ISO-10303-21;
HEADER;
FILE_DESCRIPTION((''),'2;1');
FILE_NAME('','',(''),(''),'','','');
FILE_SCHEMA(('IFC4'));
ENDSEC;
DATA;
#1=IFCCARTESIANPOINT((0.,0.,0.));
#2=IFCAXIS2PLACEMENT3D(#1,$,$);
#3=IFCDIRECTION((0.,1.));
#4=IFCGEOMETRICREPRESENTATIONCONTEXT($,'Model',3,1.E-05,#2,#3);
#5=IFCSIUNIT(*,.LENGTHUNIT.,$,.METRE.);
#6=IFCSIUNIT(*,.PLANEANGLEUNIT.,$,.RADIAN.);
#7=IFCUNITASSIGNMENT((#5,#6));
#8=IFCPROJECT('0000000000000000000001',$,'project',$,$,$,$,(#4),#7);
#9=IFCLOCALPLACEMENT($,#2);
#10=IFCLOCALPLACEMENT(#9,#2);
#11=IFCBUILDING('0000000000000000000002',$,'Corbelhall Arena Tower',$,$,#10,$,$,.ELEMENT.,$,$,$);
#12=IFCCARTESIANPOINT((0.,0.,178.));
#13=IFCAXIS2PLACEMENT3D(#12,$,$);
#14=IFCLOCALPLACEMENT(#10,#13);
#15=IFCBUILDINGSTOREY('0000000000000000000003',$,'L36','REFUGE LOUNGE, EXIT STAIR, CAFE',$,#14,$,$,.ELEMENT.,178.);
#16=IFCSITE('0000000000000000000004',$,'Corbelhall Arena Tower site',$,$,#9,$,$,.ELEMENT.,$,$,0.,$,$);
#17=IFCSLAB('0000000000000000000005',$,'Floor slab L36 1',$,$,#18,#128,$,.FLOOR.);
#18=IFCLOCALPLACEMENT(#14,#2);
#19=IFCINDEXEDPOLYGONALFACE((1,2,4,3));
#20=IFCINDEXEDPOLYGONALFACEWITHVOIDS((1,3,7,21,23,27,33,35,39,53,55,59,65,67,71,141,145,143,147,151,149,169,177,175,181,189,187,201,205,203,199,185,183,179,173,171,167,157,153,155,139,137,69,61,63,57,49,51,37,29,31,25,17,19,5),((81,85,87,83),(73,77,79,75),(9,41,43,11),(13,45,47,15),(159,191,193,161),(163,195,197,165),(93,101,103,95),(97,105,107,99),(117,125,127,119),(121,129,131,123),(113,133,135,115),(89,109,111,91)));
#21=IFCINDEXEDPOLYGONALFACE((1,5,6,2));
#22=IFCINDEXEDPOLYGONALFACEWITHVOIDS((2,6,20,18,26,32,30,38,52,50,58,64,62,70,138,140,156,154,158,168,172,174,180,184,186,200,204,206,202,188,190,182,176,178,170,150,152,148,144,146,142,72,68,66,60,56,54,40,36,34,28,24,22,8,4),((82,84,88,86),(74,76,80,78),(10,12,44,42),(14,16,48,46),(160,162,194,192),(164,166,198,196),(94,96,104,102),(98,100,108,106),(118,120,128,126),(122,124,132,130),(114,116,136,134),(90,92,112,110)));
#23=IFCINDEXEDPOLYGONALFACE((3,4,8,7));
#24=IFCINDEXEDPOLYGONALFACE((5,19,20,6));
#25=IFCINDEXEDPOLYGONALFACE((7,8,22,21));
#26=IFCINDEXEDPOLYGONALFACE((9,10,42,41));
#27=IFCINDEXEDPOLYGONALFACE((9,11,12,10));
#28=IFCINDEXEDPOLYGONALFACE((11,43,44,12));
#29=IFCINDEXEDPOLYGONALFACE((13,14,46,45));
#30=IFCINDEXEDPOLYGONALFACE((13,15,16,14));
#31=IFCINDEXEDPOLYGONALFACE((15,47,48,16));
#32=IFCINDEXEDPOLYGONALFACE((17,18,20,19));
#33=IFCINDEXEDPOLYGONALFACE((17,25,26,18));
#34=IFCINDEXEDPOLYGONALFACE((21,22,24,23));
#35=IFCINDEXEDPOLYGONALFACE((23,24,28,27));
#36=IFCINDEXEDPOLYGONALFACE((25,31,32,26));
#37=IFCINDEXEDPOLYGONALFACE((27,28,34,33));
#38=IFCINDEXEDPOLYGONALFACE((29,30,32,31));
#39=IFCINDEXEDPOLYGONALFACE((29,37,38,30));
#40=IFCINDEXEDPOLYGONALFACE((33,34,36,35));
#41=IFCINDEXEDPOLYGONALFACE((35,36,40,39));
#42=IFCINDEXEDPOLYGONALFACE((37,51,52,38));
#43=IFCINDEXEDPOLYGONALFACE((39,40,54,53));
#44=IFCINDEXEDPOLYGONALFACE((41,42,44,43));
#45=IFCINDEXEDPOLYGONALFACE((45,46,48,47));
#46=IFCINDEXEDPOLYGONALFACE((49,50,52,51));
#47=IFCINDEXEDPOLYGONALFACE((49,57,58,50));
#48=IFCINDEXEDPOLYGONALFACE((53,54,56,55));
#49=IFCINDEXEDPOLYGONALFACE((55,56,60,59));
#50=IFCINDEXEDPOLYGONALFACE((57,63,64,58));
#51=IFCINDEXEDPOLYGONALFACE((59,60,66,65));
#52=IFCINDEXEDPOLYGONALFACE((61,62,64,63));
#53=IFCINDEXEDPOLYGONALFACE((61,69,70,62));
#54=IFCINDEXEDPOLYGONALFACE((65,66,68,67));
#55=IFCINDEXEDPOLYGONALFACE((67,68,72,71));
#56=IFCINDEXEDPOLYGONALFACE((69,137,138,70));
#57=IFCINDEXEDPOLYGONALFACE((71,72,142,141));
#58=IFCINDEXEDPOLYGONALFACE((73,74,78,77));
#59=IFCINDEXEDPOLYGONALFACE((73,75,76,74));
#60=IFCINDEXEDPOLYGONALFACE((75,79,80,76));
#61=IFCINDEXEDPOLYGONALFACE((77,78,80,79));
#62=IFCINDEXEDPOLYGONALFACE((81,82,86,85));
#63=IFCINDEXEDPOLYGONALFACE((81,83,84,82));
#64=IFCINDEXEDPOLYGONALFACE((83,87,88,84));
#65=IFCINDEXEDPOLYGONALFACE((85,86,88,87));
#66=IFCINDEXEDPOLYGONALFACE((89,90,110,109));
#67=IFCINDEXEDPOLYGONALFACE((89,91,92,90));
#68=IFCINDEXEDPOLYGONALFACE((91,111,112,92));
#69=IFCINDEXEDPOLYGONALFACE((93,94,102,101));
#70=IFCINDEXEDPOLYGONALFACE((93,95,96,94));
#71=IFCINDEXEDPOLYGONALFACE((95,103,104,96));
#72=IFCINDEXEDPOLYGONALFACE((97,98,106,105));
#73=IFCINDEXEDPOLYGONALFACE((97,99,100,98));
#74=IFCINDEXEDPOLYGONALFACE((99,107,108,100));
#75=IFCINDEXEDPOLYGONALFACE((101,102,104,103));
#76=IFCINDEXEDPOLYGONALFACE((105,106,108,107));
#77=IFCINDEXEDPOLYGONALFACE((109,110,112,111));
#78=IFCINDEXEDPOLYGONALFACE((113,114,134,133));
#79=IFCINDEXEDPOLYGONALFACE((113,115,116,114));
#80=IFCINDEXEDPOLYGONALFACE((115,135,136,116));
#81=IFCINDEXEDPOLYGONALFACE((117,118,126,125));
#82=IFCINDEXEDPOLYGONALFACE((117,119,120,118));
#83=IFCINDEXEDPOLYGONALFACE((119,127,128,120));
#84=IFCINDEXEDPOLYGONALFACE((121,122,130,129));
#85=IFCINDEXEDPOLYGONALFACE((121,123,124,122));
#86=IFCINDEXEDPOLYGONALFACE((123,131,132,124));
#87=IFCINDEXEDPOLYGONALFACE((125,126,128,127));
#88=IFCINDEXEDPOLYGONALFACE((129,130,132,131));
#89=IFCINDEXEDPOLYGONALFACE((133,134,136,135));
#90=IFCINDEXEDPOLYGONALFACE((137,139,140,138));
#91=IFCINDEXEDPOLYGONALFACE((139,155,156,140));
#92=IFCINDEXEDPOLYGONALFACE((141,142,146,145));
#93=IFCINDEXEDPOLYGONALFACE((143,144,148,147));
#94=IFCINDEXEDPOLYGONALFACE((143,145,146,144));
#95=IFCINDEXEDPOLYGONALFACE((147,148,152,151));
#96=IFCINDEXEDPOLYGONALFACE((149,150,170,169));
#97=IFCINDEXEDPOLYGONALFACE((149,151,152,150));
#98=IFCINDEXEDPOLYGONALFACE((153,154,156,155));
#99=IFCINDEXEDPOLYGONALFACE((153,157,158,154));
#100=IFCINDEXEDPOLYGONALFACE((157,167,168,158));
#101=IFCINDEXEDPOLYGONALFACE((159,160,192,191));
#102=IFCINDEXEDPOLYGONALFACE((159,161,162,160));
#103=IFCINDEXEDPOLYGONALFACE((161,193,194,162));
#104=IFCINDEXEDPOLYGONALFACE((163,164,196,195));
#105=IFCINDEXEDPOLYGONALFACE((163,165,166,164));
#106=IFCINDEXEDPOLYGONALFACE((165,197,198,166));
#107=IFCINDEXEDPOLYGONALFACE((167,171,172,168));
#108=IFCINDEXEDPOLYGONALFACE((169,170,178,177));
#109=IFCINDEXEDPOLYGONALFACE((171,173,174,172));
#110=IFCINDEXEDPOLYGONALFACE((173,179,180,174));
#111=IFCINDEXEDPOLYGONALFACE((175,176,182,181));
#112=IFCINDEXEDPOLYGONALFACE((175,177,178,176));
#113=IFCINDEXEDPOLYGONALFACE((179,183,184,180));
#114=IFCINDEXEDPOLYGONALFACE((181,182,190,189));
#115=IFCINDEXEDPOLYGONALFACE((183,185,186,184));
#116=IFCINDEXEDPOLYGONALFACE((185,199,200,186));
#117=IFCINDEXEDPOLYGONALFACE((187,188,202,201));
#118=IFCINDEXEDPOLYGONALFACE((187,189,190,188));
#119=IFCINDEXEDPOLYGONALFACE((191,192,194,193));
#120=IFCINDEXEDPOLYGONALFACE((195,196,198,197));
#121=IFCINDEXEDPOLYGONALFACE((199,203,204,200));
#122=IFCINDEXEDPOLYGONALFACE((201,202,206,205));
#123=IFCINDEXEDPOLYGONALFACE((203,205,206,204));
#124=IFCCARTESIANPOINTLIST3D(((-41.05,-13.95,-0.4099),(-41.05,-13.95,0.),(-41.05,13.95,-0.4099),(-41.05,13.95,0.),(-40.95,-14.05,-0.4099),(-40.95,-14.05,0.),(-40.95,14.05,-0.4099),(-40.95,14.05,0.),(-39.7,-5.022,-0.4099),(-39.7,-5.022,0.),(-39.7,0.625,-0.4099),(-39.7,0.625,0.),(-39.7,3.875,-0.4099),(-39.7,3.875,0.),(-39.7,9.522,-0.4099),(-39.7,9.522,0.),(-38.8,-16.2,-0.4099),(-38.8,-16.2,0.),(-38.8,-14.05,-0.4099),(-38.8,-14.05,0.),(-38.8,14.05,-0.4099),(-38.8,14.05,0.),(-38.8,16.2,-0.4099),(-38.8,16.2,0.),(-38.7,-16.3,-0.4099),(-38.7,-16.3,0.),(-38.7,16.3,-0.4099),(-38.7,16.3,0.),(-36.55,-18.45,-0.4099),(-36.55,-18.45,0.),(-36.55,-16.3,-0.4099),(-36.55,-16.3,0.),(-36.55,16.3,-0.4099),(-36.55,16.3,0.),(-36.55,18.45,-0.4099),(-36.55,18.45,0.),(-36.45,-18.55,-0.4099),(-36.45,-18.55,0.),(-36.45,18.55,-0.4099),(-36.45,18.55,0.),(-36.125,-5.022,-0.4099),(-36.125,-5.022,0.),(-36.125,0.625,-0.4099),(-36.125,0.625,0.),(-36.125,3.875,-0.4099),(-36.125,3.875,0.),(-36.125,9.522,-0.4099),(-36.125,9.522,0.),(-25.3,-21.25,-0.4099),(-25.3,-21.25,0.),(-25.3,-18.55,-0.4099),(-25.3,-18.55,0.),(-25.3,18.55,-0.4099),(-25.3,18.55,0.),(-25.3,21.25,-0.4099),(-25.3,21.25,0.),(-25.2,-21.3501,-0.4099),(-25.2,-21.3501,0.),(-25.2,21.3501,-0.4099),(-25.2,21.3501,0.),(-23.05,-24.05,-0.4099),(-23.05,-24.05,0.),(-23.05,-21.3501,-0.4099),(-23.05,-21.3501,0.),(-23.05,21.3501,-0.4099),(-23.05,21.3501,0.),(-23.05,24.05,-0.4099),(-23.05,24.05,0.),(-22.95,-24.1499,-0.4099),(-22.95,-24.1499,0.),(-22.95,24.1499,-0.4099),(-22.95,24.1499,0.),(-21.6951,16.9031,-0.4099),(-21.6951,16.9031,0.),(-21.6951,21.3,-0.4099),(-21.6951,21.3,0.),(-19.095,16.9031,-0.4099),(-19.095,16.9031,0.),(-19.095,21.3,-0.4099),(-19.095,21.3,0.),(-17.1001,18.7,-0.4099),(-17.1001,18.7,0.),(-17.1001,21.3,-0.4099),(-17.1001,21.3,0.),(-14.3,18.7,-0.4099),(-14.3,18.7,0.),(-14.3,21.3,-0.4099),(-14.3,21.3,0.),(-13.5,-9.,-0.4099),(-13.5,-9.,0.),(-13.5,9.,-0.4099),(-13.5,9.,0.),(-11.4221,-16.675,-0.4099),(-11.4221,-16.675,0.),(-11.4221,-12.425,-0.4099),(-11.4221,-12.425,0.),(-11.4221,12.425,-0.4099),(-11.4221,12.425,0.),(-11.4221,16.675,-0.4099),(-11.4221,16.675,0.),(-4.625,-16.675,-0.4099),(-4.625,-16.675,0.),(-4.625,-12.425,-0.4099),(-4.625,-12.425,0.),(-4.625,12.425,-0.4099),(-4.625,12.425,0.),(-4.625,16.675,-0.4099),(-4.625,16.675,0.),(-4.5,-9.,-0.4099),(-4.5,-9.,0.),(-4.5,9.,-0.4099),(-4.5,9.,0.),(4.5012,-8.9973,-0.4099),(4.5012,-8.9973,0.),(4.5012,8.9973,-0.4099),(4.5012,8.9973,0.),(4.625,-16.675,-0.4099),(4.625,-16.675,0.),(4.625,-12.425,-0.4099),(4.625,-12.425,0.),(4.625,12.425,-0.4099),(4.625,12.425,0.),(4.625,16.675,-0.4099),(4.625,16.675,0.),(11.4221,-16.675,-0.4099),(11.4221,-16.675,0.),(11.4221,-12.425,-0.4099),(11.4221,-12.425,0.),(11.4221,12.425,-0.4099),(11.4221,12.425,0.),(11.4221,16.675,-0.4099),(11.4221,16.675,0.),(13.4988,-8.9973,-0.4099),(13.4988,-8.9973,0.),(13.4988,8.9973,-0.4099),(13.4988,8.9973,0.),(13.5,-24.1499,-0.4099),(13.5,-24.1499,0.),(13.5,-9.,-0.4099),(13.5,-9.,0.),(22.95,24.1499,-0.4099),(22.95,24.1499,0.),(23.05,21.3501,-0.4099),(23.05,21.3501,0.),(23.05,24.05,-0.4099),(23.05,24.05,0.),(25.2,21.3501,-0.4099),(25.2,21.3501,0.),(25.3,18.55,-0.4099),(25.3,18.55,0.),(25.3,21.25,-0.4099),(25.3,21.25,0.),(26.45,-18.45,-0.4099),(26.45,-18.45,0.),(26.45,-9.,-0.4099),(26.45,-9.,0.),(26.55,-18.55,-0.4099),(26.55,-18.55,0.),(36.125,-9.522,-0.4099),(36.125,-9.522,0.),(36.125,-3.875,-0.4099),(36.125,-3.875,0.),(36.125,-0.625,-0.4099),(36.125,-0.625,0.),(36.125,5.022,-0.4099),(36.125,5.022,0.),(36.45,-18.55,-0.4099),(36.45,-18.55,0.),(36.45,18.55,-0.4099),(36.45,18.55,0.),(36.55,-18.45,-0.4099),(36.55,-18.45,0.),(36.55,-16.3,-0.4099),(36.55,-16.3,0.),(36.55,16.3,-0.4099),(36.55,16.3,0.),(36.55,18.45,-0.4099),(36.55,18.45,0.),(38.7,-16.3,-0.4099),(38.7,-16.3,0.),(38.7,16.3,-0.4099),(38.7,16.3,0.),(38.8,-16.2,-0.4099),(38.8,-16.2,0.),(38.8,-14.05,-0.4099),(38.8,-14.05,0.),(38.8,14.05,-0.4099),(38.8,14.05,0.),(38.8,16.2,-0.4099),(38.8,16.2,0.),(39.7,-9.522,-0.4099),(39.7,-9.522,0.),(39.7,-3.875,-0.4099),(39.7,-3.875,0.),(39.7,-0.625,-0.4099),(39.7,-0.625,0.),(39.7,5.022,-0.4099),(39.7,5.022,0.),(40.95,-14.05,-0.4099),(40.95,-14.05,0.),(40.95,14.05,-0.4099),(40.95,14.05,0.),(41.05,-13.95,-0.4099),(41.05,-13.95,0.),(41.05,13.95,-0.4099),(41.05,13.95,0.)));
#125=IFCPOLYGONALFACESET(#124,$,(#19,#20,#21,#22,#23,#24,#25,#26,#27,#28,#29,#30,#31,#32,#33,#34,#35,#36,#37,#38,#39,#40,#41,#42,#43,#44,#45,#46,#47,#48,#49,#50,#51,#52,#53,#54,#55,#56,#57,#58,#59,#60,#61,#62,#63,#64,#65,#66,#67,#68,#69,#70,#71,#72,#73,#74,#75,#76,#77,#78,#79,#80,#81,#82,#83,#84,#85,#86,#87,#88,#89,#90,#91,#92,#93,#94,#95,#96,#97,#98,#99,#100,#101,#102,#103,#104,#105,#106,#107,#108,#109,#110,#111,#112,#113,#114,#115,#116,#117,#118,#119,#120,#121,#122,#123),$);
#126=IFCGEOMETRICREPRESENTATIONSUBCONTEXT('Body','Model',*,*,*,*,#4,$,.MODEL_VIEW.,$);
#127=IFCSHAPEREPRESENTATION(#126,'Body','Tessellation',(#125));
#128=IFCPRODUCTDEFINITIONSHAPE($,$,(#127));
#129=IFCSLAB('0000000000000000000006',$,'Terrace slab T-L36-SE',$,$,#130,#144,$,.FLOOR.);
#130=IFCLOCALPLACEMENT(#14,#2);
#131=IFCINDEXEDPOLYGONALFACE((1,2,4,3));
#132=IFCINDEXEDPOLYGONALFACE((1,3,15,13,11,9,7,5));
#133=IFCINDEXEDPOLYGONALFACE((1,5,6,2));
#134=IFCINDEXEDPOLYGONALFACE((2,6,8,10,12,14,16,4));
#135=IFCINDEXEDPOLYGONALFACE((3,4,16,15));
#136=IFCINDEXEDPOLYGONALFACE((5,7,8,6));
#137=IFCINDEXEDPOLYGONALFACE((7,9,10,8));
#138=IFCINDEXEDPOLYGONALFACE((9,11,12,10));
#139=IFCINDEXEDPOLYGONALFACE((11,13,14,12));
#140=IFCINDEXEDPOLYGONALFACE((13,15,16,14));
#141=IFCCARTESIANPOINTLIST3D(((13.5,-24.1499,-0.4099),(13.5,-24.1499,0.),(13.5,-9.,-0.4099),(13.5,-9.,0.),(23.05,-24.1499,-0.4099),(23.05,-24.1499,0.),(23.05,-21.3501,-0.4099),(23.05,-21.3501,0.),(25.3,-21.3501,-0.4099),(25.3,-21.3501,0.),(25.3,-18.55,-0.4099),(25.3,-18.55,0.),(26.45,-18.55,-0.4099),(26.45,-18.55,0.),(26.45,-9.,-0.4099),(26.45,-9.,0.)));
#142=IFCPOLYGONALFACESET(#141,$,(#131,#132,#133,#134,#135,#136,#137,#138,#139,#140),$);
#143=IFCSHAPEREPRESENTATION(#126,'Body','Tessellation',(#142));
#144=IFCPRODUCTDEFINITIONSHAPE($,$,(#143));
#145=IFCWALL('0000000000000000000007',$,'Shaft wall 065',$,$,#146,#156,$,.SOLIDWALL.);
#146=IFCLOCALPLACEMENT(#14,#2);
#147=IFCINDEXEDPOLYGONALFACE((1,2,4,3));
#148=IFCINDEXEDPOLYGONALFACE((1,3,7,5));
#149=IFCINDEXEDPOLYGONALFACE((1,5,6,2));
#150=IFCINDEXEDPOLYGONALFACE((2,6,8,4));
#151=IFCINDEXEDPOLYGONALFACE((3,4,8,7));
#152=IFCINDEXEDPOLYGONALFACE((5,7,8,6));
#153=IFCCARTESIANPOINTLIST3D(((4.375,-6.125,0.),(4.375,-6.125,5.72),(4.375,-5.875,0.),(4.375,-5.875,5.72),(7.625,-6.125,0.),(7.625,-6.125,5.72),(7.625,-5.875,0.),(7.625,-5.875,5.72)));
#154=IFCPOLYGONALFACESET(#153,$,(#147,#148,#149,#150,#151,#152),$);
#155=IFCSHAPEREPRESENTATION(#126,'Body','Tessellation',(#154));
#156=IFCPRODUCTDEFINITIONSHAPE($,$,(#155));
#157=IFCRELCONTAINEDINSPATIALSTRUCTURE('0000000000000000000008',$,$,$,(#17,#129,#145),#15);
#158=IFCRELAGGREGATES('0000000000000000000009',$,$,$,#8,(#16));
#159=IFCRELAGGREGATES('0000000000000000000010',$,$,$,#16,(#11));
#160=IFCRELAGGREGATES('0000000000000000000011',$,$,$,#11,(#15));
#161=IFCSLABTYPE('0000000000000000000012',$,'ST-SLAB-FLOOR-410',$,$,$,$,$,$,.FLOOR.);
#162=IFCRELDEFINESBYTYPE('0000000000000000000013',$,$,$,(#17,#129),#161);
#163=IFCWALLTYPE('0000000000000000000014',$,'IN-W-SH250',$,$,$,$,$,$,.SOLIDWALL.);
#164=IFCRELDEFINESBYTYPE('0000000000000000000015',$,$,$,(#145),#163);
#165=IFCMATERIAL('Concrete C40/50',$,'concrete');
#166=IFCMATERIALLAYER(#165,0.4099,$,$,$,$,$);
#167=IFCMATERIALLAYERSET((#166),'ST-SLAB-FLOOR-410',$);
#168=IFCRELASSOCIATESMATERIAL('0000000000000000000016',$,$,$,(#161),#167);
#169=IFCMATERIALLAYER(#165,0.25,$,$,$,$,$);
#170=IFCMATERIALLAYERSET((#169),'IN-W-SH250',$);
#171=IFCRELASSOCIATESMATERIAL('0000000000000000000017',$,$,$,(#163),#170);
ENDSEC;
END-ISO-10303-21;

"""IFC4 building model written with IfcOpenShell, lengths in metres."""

from ifc_helpers import new_model, si_unit, direction, frame, frame_2d, origin, place, context, subcontext, project, spatial, polyline, rectangle, outline, extrude, material, layer, layer_set, type_object, element, save


model = new_model("IFC4")

# Units and contexts
model_context = context("Model", 3, precision=1e-05, world=origin(), true_north=direction((0.0, 1.0)))
body_context = subcontext(model_context, "Body", "Model", "MODEL_VIEW")
ifc_project = project(units=[si_unit("LENGTHUNIT", "METRE"), si_unit("PLANEANGLEUNIT", "RADIAN")], contexts=[model_context])

# Site, building, storey
site_placement = place(None, origin())
site = spatial("IfcSite", under=ifc_project, at=site_placement, Name="Corbelhall Arena Tower site", CompositionType="ELEMENT", RefElevation=0.0)
building_placement = place(site_placement, origin())
building = spatial("IfcBuilding", under=site, at=building_placement, Name="Corbelhall Arena Tower", CompositionType="ELEMENT")
storey_placement = place(building_placement, frame((0.0, 0.0, 178.0)))
storey = spatial("IfcBuildingStorey", under=building, at=storey_placement, Name="L36", Description="REFUGE LOUNGE, EXIT STAIR, CAFE", CompositionType="ELEMENT", Elevation=178.0)

# Shared definitions
ifc_material_1 = material(Name="Concrete C40/50", Category="concrete")

# Slabs
ifc_layer_1 = layer(ifc_material_1, 0.4099)
ifc_layer_set_1 = layer_set([ifc_layer_1], Name="ST-SLAB-FLOOR-410")
slab_type_1 = type_object("IfcSlabType", Name="ST-SLAB-FLOOR-410", PredefinedType="FLOOR", material=ifc_layer_set_1)
slab_1_placement = place(storey_placement, frame((0.0, 0.0, -0.4099)))
element("IfcSlab", 1, at=slab_1_placement, inside=storey, type_object=slab_type_1, Name="Floor slab L36 1", PredefinedType="FLOOR", context=body_context, shape_type="SweptSolid", body=[
    extrude(outline(polyline([(38.8, 14.05), (38.8, 16.2), (38.7, 16.3), (36.55, 16.3), (36.55, 18.45), (36.45, 18.55), (25.3, 18.55), (25.3, 21.25), (25.2, 21.3501), (23.05, 21.3501), (23.05, 24.05), (22.95, 24.1499), (-22.95, 24.1499), (-23.05, 24.05), (-23.05, 21.3501), (-25.2, 21.3501), (-25.3, 21.25), (-25.3, 18.55), (-36.45, 18.55), (-36.55, 18.45), (-36.55, 16.3), (-38.7, 16.3), (-38.8, 16.2), (-38.8, 14.05), (-40.95, 14.05), (-41.05, 13.95), (-41.05, -13.95), (-40.95, -14.05), (-38.8, -14.05), (-38.8, -16.2), (-38.7, -16.3), (-36.55, -16.3), (-36.55, -18.45), (-36.45, -18.55), (-25.3, -18.55), (-25.3, -21.25), (-25.2, -21.3501), (-23.05, -21.3501), (-23.05, -24.05), (-22.95, -24.1499), (13.5, -24.1499), (13.5, -9.0), (26.45, -9.0), (26.45, -18.45), (26.55, -18.55), (36.45, -18.55), (36.55, -18.45), (36.55, -16.3), (38.7, -16.3), (38.8, -16.2), (38.8, -14.05), (40.95, -14.05), (41.05, -13.95), (41.05, 13.95), (40.95, 14.05), (38.8, 14.05)]), holes=[polyline([(13.4988, 8.9973), (4.5012, 8.9973), (4.5012, -8.9973), (13.4988, -8.9973), (13.4988, 8.9973)]), polyline([(-13.5, 9.0), (-13.5, -9.0), (-4.5, -9.0), (-4.5, 9.0), (-13.5, 9.0)]), polyline([(-4.625, 16.675), (-11.4221, 16.675), (-11.4221, 12.425), (-4.625, 12.425), (-4.625, 16.675)]), polyline([(-4.625, -16.675), (-4.625, -12.425), (-11.4221, -12.425), (-11.4221, -16.675), (-4.625, -16.675)]), polyline([(11.4221, 16.675), (4.625, 16.675), (4.625, 12.425), (11.4221, 12.425), (11.4221, 16.675)]), polyline([(11.4221, -16.675), (11.4221, -12.425), (4.625, -12.425), (4.625, -16.675), (11.4221, -16.675)]), polyline([(-36.125, 3.875), (-36.125, 9.522), (-39.7, 9.522), (-39.7, 3.875), (-36.125, 3.875)]), polyline([(-36.125, 0.625), (-39.7, 0.625), (-39.7, -5.022), (-36.125, -5.022), (-36.125, 0.625)]), polyline([(39.7, -9.522), (39.7, -3.875), (36.125, -3.875), (36.125, -9.522), (39.7, -9.522)]), polyline([(39.7, 5.022), (36.125, 5.022), (36.125, -0.625), (39.7, -0.625), (39.7, 5.022)]), polyline([(-21.6951, 21.3), (-21.6951, 16.9031), (-19.095, 16.9031), (-19.095, 21.3), (-21.6951, 21.3)]), polyline([(-14.3, 21.3), (-17.1001, 21.3), (-17.1001, 18.7), (-14.3, 18.7), (-14.3, 21.3)])]), origin(), (0.0, 0.0, 1.0), 0.4099),
])
slab_2_placement = place(storey_placement, frame((0.0, 0.0, -0.4099)))
element("IfcSlab", 2, at=slab_2_placement, inside=storey, type_object=slab_type_1, Name="Terrace slab T-L36-SE", PredefinedType="FLOOR", context=body_context, shape_type="SweptSolid", body=[
    extrude(outline(polyline([(25.3, -18.55), (26.45, -18.55), (26.45, -9.0), (13.5, -9.0), (13.5, -24.1499), (23.05, -24.1499), (23.05, -21.3501), (25.3, -21.3501), (25.3, -18.55)])), origin(), (0.0, 0.0, 1.0), 0.4099),
])

# Wall
ifc_layer_2 = layer(ifc_material_1, 0.25)
ifc_layer_set_2 = layer_set([ifc_layer_2], Name="IN-W-SH250")
wall_type_1 = type_object("IfcWallType", Name="IN-W-SH250", PredefinedType="SOLIDWALL", material=ifc_layer_set_2)
wall_1_placement = place(storey_placement, frame((4.375, -6.0, 0.0), z_axis=(0.0, 0.0, 1.0), x_axis=(1.0, 0.0, 0.0)))
element("IfcWall", 3, at=wall_1_placement, inside=storey, type_object=wall_type_1, Name="Shaft wall 065", PredefinedType="SOLIDWALL", context=body_context, shape_type="SweptSolid", body=[
    extrude(rectangle(XDim=3.25, YDim=0.25, at=frame_2d((1.625, 0.0))), origin(), (0.0, 0.0, 1.0), 5.72),
])

save(model, "model.ifc")
